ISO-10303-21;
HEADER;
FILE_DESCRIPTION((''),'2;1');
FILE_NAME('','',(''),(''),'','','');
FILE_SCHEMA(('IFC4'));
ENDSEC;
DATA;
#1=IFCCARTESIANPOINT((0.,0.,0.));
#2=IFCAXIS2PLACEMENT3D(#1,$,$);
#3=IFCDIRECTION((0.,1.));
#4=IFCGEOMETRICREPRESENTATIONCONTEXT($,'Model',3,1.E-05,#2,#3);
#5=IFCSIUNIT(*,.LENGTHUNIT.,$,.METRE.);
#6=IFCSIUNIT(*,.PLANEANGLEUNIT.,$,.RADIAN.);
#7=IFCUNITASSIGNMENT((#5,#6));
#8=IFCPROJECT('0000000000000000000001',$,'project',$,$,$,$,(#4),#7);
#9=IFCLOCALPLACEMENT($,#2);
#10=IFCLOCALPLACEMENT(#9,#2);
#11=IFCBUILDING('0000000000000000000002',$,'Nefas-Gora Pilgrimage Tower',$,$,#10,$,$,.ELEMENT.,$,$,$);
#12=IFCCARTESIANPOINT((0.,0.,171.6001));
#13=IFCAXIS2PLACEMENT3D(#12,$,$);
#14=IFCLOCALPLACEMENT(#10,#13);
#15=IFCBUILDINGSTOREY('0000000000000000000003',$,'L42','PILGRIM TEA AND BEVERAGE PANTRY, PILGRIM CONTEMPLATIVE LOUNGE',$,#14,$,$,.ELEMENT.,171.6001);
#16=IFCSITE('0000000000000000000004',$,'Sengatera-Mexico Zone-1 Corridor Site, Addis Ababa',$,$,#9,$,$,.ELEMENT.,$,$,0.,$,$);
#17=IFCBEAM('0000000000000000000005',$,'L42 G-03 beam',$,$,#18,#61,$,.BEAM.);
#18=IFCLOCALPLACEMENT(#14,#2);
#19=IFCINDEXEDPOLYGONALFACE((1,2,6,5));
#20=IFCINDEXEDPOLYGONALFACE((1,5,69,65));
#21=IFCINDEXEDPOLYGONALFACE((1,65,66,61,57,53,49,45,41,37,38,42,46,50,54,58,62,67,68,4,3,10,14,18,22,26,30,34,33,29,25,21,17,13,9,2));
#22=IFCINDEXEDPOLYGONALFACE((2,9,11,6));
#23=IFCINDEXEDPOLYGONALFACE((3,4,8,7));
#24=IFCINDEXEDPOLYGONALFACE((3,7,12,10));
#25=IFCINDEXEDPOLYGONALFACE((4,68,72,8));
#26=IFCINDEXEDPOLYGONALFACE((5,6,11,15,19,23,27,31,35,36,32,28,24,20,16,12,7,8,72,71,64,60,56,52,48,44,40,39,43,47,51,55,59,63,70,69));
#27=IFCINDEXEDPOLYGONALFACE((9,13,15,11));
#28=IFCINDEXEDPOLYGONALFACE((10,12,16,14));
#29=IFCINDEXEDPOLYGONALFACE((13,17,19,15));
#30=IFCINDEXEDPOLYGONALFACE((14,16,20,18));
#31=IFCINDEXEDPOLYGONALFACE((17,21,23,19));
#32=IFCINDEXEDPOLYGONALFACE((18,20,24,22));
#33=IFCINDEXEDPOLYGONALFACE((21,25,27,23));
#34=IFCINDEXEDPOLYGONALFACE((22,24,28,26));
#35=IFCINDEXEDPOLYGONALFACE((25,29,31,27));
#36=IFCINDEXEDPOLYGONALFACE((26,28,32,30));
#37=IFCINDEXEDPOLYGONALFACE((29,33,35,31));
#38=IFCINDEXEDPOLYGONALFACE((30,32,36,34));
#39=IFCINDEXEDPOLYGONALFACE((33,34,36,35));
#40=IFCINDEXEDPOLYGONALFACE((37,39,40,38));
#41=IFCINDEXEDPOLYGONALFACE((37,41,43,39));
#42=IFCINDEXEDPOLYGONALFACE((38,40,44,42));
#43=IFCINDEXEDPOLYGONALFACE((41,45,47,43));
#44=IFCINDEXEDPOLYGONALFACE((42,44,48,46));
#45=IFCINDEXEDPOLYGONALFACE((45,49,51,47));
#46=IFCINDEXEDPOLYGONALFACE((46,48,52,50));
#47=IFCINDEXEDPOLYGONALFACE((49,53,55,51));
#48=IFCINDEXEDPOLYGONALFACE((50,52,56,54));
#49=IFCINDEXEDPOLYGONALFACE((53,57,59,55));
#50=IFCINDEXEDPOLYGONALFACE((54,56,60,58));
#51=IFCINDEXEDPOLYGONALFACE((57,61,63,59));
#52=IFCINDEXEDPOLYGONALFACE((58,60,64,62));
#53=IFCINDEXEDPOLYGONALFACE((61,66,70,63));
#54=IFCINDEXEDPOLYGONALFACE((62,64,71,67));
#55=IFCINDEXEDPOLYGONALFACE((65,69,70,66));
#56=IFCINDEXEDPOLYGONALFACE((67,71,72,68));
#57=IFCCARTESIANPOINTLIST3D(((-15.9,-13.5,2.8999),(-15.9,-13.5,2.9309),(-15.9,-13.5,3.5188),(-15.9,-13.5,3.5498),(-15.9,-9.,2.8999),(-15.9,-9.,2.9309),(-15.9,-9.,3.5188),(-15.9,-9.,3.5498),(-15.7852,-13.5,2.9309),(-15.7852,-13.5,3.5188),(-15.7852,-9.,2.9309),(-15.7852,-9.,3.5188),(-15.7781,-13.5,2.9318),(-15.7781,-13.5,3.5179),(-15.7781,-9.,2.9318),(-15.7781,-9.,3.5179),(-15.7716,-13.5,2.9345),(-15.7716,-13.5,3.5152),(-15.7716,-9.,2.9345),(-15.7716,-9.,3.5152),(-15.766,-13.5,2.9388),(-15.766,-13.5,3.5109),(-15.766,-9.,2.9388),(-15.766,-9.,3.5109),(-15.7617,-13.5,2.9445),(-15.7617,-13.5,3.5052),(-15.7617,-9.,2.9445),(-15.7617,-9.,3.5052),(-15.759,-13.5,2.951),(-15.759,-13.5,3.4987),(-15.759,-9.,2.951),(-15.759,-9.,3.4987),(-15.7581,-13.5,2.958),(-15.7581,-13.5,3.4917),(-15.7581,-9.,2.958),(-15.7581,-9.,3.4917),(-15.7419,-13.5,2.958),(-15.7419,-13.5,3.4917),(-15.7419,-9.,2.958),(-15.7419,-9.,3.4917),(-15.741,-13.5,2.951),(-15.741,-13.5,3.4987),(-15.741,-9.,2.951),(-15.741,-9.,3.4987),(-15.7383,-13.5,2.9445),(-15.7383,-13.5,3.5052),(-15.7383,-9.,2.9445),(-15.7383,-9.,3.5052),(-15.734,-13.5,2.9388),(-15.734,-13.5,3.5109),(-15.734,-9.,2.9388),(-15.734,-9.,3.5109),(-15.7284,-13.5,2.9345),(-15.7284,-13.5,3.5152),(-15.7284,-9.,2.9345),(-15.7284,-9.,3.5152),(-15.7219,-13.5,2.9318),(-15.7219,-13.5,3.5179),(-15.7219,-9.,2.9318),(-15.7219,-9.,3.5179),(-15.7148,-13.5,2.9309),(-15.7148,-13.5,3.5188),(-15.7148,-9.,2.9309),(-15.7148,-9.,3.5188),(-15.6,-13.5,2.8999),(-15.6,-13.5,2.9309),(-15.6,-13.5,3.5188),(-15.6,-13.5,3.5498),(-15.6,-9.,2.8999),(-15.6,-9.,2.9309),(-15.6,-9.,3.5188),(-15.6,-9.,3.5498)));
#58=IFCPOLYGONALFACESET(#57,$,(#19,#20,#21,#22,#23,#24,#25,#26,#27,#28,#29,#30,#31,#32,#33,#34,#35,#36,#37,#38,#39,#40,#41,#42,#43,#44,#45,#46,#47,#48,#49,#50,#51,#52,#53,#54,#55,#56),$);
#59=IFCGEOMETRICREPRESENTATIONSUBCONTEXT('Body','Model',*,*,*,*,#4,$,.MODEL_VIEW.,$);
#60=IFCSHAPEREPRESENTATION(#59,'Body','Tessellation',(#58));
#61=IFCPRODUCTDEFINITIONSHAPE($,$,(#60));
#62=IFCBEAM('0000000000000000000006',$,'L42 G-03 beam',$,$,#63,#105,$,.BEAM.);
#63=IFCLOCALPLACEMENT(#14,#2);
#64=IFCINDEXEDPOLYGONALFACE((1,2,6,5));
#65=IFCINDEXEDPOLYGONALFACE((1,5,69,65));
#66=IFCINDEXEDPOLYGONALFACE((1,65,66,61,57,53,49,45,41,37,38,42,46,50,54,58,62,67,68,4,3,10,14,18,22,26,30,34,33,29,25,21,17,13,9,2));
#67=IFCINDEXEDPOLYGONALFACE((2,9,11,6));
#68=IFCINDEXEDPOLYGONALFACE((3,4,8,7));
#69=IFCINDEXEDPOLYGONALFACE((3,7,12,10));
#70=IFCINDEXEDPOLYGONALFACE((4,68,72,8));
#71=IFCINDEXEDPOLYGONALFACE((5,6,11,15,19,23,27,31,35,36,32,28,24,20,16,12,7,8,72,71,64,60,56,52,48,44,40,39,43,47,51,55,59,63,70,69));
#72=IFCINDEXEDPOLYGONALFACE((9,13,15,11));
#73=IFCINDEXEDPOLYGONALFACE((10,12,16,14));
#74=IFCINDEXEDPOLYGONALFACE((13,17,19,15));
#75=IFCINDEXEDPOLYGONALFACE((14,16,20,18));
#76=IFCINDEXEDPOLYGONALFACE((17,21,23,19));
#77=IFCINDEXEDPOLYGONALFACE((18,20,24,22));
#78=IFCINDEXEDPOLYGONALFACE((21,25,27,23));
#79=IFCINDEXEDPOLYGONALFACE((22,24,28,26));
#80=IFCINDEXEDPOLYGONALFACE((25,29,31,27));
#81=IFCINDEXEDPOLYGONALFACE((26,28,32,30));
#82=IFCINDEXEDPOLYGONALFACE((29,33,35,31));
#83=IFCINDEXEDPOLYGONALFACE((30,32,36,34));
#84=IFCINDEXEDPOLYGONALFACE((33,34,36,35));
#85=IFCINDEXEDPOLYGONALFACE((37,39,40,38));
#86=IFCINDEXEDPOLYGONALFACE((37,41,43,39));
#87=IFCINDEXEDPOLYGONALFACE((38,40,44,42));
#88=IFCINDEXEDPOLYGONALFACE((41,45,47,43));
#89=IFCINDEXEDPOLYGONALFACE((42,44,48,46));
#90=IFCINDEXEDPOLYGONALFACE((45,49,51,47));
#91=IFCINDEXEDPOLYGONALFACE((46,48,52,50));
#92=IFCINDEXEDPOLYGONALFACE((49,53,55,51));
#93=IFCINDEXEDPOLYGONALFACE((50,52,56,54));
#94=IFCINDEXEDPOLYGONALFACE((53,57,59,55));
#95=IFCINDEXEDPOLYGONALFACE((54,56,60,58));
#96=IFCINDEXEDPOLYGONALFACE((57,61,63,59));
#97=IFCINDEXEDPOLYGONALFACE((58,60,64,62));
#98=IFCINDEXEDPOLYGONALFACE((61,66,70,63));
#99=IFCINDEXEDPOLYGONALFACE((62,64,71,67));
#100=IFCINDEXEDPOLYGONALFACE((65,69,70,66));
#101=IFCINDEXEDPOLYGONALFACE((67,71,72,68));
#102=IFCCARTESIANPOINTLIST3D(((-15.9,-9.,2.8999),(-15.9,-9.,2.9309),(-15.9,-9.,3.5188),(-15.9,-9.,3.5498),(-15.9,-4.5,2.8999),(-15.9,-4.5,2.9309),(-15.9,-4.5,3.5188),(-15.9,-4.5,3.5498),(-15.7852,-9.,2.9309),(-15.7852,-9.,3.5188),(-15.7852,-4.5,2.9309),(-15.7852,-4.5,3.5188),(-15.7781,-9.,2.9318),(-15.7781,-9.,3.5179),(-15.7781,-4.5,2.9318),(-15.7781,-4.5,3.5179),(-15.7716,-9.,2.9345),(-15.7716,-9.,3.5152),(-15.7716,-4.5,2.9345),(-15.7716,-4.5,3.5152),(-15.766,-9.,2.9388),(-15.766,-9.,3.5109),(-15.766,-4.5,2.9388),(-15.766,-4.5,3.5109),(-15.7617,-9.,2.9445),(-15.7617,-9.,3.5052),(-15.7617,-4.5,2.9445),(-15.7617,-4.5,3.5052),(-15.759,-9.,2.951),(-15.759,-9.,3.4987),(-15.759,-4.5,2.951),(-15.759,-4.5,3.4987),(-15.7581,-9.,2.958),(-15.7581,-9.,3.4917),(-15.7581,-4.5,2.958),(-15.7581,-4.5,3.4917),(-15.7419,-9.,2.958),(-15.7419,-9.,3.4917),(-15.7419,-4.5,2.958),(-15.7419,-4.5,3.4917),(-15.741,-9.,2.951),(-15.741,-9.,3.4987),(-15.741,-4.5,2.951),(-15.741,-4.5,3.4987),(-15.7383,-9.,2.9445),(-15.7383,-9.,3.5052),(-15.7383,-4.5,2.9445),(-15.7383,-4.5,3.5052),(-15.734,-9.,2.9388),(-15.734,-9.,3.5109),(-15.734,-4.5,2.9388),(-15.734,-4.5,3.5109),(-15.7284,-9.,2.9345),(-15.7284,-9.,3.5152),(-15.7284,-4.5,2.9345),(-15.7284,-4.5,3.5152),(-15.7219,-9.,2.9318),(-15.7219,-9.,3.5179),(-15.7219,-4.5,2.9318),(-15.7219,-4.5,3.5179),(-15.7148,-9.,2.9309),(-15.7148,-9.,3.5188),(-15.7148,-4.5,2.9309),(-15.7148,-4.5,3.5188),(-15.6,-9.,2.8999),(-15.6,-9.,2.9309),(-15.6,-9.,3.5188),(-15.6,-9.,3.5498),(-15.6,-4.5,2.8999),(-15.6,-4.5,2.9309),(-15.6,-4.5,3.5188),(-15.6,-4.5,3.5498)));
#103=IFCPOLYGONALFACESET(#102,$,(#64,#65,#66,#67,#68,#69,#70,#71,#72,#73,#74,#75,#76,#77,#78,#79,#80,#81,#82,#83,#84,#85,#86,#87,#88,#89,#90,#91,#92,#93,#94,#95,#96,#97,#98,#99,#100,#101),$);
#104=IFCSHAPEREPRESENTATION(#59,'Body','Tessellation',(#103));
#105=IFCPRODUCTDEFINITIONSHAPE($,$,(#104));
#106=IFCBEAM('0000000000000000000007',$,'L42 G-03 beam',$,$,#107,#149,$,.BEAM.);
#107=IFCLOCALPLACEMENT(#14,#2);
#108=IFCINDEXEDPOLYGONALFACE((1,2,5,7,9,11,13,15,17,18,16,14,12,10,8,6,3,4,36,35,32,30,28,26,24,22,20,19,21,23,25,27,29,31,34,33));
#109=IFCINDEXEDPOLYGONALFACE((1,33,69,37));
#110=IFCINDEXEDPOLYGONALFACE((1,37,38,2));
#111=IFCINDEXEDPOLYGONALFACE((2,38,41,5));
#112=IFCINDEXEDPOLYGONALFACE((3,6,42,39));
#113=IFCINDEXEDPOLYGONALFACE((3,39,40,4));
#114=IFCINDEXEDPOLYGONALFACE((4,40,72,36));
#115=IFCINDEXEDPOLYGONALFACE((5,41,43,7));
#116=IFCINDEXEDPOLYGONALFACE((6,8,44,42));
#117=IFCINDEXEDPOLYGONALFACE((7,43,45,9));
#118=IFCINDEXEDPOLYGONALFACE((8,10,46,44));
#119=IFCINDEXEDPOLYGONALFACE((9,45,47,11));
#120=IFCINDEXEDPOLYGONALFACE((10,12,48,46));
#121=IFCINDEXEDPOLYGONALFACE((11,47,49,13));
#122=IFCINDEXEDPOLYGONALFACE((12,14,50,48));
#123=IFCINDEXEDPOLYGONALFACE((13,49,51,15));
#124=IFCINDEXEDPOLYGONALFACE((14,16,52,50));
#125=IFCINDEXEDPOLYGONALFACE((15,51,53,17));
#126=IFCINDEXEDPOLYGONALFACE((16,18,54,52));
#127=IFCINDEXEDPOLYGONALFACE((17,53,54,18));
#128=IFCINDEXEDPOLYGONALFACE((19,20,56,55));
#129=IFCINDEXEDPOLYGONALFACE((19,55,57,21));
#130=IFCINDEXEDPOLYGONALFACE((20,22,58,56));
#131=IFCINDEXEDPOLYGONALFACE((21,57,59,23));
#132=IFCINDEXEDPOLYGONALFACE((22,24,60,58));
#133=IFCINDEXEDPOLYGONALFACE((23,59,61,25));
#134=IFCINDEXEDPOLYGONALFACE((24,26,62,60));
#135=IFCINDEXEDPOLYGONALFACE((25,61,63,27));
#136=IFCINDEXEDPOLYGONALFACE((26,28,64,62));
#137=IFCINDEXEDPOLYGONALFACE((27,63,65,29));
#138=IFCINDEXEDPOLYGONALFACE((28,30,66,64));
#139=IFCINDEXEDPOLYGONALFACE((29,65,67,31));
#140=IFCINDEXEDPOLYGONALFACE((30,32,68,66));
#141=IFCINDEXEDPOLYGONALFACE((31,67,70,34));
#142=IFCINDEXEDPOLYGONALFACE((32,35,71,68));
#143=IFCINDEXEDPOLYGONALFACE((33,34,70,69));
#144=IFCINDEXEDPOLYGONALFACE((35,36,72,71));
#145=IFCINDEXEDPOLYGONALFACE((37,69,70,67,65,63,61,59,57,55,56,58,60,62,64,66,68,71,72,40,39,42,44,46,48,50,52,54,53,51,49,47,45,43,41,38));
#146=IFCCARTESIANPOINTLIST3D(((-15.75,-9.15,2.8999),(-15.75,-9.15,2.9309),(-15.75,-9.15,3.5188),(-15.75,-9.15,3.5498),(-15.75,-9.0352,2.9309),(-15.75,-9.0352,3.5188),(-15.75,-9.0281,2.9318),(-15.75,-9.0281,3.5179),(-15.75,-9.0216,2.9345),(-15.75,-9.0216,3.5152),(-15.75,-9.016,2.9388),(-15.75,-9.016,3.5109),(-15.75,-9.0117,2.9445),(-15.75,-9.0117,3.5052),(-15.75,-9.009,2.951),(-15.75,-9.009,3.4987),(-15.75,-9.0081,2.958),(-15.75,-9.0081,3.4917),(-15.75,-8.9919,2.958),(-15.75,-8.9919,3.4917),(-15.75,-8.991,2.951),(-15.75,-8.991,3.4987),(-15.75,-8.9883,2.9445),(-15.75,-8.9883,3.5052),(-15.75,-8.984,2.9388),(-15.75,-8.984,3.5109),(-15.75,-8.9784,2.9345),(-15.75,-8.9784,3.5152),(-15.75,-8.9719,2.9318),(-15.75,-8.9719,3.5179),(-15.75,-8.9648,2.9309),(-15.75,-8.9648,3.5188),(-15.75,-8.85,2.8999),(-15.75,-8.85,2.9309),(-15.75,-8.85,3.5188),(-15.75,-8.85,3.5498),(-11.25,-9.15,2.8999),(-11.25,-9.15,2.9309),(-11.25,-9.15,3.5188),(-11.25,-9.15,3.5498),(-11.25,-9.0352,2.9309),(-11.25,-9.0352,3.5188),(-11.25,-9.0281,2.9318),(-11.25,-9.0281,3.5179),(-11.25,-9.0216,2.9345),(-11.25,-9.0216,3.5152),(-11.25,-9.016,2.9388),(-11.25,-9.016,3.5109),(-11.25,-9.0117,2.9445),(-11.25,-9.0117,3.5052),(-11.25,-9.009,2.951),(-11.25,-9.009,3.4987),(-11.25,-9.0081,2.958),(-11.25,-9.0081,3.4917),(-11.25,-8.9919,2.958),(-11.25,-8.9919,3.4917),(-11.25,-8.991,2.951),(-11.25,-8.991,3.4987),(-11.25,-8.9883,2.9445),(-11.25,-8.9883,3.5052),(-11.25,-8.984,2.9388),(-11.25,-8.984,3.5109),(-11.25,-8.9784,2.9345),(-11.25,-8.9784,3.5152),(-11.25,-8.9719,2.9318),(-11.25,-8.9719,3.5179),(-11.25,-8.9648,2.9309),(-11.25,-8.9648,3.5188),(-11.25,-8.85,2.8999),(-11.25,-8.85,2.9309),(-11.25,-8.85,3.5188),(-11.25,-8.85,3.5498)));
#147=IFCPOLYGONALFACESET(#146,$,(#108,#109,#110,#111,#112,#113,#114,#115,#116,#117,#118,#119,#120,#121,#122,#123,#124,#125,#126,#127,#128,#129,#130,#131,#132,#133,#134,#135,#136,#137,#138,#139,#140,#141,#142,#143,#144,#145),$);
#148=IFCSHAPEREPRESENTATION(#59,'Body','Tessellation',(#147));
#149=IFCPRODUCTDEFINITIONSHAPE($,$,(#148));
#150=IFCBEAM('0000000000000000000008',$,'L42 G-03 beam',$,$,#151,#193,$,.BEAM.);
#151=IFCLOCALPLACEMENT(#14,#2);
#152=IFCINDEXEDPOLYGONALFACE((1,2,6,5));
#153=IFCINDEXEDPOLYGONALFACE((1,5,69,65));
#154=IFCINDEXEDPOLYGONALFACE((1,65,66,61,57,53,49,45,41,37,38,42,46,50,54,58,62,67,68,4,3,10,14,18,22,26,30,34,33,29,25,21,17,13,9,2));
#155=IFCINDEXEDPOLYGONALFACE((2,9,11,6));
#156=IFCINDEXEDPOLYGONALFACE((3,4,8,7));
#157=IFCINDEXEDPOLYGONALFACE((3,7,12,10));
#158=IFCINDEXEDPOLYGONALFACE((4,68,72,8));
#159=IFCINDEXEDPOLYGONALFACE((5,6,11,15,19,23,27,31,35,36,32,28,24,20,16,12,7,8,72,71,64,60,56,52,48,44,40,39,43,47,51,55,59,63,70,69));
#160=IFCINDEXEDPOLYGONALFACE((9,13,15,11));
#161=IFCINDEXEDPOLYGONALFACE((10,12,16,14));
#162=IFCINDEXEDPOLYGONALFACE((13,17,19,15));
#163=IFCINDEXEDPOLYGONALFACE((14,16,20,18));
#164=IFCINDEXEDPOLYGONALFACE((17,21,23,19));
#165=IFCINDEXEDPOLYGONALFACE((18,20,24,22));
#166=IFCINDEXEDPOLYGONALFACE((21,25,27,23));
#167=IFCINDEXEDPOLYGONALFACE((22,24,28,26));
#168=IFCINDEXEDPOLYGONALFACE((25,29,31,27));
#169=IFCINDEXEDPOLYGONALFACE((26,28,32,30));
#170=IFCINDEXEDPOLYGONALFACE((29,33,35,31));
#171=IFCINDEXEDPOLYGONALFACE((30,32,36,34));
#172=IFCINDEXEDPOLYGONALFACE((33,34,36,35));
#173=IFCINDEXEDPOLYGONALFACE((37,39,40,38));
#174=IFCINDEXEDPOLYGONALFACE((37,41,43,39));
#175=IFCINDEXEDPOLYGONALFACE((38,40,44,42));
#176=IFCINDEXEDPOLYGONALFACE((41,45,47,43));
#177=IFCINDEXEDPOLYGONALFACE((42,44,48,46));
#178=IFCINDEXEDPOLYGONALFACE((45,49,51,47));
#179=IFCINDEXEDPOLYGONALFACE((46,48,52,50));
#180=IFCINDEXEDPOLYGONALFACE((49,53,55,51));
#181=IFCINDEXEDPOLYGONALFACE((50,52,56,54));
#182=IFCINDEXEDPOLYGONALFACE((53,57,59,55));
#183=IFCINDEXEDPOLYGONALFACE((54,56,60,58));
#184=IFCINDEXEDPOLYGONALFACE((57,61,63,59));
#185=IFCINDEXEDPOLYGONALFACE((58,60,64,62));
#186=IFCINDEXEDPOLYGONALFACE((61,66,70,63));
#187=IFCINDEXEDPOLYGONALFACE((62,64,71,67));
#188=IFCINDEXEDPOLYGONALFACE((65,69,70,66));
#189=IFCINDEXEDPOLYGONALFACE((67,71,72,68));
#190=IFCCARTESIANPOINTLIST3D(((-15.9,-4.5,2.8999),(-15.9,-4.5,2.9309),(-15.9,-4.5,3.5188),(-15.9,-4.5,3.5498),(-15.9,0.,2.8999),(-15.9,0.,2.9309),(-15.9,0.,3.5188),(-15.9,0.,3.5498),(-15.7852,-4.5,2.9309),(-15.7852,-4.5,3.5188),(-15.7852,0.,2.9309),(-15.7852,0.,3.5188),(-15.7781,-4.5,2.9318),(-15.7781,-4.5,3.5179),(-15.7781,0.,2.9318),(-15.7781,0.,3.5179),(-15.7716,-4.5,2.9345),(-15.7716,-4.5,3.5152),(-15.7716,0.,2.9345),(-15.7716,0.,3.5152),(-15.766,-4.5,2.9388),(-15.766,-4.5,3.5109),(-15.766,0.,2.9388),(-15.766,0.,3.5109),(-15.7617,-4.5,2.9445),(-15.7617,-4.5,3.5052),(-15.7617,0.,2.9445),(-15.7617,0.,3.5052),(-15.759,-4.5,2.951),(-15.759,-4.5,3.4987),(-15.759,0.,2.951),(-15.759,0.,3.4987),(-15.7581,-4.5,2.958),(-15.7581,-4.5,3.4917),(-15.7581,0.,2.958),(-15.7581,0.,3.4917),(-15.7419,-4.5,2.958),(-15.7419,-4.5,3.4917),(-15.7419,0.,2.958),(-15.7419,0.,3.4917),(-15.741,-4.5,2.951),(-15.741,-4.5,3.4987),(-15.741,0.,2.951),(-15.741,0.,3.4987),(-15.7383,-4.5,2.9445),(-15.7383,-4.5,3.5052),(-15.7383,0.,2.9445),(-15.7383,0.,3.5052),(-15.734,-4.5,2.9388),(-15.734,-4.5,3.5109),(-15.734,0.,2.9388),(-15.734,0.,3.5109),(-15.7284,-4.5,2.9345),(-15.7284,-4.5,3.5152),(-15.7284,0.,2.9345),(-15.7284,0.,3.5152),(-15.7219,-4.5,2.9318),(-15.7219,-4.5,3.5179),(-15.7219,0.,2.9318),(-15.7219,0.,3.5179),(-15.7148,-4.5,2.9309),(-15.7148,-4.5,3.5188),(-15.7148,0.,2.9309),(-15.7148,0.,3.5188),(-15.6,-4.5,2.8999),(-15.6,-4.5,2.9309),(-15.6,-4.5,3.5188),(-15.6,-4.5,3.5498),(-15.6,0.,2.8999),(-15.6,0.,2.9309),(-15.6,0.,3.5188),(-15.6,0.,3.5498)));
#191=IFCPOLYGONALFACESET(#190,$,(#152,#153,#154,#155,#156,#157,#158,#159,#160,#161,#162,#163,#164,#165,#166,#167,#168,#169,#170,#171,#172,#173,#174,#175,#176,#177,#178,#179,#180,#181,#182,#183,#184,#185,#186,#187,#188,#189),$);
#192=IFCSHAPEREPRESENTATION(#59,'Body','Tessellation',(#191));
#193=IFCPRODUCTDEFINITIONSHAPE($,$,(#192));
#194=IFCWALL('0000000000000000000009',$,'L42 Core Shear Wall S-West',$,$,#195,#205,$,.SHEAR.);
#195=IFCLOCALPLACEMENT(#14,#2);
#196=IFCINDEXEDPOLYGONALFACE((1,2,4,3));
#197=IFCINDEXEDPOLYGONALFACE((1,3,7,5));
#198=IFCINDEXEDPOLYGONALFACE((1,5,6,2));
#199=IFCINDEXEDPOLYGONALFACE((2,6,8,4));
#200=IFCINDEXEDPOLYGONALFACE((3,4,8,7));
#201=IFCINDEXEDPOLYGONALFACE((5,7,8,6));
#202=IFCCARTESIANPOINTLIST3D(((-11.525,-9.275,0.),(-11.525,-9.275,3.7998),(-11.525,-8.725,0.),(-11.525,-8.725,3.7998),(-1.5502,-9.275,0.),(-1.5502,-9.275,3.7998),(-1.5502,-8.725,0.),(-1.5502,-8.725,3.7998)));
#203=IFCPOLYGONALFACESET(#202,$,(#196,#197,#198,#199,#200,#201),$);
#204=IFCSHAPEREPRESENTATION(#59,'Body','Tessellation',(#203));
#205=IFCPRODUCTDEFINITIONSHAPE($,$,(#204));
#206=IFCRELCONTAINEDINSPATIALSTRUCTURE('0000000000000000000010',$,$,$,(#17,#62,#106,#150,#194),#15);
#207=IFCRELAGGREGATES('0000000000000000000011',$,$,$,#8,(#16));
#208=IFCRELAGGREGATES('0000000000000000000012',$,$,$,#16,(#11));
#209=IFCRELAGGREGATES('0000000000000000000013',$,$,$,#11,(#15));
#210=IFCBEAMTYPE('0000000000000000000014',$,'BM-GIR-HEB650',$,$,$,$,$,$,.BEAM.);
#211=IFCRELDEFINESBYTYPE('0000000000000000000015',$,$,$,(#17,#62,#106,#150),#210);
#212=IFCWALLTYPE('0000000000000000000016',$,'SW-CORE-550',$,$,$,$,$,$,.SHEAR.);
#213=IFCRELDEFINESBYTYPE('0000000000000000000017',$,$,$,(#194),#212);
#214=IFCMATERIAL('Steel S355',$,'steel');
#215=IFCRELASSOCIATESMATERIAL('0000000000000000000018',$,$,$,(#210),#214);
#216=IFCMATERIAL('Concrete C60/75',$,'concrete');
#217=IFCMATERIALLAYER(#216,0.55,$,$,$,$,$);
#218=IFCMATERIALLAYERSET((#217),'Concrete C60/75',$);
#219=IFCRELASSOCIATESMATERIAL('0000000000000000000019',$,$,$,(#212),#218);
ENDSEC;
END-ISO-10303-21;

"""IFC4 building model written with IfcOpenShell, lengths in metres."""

from ifc_helpers import new_model, si_unit, direction, frame, frame_2d, origin, origin_2d, place, context, subcontext, project, spatial, rectangle, i_section, extrude, source, transform, mapped, material, layer, layer_set, material_profile, profile_set, type_object, element, save


model = new_model("IFC4")

# Units and contexts
model_context = context("Model", 3, precision=1e-05, world=origin(), true_north=direction((0.0, 1.0)))
body_context = subcontext(model_context, "Body", "Model", "MODEL_VIEW")
ifc_project = project(units=[si_unit("LENGTHUNIT", "METRE"), si_unit("PLANEANGLEUNIT", "RADIAN")], contexts=[model_context])

# Site, building, storey
site_placement = place(None, origin())
site = spatial("IfcSite", under=ifc_project, at=site_placement, Name="Sengatera-Mexico Zone-1 Corridor Site, Addis Ababa", CompositionType="ELEMENT", RefElevation=0.0)
building_placement = place(site_placement, origin())
building = spatial("IfcBuilding", under=site, at=building_placement, Name="Nefas-Gora Pilgrimage Tower", CompositionType="ELEMENT")
storey_placement = place(building_placement, frame((0.0, 0.0, 171.6001)))
storey = spatial("IfcBuildingStorey", under=building, at=storey_placement, Name="L42", Description="PILGRIM TEA AND BEVERAGE PANTRY, PILGRIM CONTEMPLATIVE LOUNGE", CompositionType="ELEMENT", Elevation=171.6001)

# Beams
ifc_material_1 = material(Name="Steel S355", Category="steel")
ifc_material_profile_1 = material_profile(ifc_material_1, i_section(OverallWidth=0.3, OverallDepth=0.6499, WebThickness=0.0161, FlangeThickness=0.031, FilletRadius=0.0271, at=origin_2d()), Name="HEB 650")
ifc_profile_set_1 = profile_set([ifc_material_profile_1], Name="Steel S355")
beam_type = type_object("IfcBeamType", Name="BM-GIR-HEB650", PredefinedType="BEAM", material=ifc_profile_set_1)
shared_shape_1 = source(origin(), body_context, "Body", "SweptSolid", [
    extrude(i_section(OverallWidth=0.3, OverallDepth=0.6499, WebThickness=0.0161, FlangeThickness=0.031, FilletRadius=0.0271, at=origin_2d()), origin(), (0.0, 0.0, 1.0), 4.5),
])
for number, where, z_axis, x_axis, name in (
    (1, (-15.75, -13.5, 3.2249), (0.0, 1.0, 0.0), (-1.0, 0.0, 0.0), "L42 G-03 beam"),
    (2, (-15.75, -9.0, 3.2249), (0.0, 1.0, 0.0), (-1.0, 0.0, 0.0), "L42 G-03 beam"),
    (3, (-15.75, -9.0, 3.2249), (1.0, 0.0, 0.0), (0.0, 1.0, 0.0), "L42 G-03 beam"),
    (4, (-15.75, -4.5, 3.2249), (0.0, 1.0, 0.0), (-1.0, 0.0, 0.0), "L42 G-03 beam"),
):
    element("IfcBeam", number, at=place(storey_placement, frame(where, z_axis=z_axis, x_axis=x_axis)), inside=storey, type_object=beam_type, Name=name, PredefinedType="BEAM", context=body_context, shape_type="MappedRepresentation", body=[
        mapped(shared_shape_1, transform((0.0, 0.0, 0.0), x_axis=(1.0, 0.0, 0.0), y_axis=(0.0, 1.0, 0.0), z_axis=(0.0, 0.0, 1.0), scale=1.0)),
    ])

# Wall
ifc_material_2 = material(Name="Concrete C60/75", Category="concrete")
ifc_layer_1 = layer(ifc_material_2, 0.55)
ifc_layer_set_1 = layer_set([ifc_layer_1], Name="Concrete C60/75")
wall_type_1 = type_object("IfcWallType", Name="SW-CORE-550", PredefinedType="SHEAR", material=ifc_layer_set_1)
shared_shape_2 = source(origin(), body_context, "Body", "SweptSolid", [
    extrude(rectangle(XDim=9.9749, YDim=0.55, at=frame_2d((4.9873, 0.0))), origin(), (0.0, 0.0, 1.0), 3.7998),
])
wall_1_placement = place(storey_placement, frame((-11.5249, -9.0, 0.0), z_axis=(0.0, 0.0, 1.0), x_axis=(1.0, 0.0, 0.0)))
element("IfcWall", 5, at=wall_1_placement, inside=storey, type_object=wall_type_1, Name="L42 Core Shear Wall S-West", PredefinedType="SHEAR", context=body_context, shape_type="MappedRepresentation", body=[
    mapped(shared_shape_2, transform((0.0, 0.0, 0.0), x_axis=(1.0, 0.0, 0.0), y_axis=(0.0, 1.0, 0.0), z_axis=(0.0, 0.0, 1.0), scale=1.0)),
])

save(model, "model.ifc")
